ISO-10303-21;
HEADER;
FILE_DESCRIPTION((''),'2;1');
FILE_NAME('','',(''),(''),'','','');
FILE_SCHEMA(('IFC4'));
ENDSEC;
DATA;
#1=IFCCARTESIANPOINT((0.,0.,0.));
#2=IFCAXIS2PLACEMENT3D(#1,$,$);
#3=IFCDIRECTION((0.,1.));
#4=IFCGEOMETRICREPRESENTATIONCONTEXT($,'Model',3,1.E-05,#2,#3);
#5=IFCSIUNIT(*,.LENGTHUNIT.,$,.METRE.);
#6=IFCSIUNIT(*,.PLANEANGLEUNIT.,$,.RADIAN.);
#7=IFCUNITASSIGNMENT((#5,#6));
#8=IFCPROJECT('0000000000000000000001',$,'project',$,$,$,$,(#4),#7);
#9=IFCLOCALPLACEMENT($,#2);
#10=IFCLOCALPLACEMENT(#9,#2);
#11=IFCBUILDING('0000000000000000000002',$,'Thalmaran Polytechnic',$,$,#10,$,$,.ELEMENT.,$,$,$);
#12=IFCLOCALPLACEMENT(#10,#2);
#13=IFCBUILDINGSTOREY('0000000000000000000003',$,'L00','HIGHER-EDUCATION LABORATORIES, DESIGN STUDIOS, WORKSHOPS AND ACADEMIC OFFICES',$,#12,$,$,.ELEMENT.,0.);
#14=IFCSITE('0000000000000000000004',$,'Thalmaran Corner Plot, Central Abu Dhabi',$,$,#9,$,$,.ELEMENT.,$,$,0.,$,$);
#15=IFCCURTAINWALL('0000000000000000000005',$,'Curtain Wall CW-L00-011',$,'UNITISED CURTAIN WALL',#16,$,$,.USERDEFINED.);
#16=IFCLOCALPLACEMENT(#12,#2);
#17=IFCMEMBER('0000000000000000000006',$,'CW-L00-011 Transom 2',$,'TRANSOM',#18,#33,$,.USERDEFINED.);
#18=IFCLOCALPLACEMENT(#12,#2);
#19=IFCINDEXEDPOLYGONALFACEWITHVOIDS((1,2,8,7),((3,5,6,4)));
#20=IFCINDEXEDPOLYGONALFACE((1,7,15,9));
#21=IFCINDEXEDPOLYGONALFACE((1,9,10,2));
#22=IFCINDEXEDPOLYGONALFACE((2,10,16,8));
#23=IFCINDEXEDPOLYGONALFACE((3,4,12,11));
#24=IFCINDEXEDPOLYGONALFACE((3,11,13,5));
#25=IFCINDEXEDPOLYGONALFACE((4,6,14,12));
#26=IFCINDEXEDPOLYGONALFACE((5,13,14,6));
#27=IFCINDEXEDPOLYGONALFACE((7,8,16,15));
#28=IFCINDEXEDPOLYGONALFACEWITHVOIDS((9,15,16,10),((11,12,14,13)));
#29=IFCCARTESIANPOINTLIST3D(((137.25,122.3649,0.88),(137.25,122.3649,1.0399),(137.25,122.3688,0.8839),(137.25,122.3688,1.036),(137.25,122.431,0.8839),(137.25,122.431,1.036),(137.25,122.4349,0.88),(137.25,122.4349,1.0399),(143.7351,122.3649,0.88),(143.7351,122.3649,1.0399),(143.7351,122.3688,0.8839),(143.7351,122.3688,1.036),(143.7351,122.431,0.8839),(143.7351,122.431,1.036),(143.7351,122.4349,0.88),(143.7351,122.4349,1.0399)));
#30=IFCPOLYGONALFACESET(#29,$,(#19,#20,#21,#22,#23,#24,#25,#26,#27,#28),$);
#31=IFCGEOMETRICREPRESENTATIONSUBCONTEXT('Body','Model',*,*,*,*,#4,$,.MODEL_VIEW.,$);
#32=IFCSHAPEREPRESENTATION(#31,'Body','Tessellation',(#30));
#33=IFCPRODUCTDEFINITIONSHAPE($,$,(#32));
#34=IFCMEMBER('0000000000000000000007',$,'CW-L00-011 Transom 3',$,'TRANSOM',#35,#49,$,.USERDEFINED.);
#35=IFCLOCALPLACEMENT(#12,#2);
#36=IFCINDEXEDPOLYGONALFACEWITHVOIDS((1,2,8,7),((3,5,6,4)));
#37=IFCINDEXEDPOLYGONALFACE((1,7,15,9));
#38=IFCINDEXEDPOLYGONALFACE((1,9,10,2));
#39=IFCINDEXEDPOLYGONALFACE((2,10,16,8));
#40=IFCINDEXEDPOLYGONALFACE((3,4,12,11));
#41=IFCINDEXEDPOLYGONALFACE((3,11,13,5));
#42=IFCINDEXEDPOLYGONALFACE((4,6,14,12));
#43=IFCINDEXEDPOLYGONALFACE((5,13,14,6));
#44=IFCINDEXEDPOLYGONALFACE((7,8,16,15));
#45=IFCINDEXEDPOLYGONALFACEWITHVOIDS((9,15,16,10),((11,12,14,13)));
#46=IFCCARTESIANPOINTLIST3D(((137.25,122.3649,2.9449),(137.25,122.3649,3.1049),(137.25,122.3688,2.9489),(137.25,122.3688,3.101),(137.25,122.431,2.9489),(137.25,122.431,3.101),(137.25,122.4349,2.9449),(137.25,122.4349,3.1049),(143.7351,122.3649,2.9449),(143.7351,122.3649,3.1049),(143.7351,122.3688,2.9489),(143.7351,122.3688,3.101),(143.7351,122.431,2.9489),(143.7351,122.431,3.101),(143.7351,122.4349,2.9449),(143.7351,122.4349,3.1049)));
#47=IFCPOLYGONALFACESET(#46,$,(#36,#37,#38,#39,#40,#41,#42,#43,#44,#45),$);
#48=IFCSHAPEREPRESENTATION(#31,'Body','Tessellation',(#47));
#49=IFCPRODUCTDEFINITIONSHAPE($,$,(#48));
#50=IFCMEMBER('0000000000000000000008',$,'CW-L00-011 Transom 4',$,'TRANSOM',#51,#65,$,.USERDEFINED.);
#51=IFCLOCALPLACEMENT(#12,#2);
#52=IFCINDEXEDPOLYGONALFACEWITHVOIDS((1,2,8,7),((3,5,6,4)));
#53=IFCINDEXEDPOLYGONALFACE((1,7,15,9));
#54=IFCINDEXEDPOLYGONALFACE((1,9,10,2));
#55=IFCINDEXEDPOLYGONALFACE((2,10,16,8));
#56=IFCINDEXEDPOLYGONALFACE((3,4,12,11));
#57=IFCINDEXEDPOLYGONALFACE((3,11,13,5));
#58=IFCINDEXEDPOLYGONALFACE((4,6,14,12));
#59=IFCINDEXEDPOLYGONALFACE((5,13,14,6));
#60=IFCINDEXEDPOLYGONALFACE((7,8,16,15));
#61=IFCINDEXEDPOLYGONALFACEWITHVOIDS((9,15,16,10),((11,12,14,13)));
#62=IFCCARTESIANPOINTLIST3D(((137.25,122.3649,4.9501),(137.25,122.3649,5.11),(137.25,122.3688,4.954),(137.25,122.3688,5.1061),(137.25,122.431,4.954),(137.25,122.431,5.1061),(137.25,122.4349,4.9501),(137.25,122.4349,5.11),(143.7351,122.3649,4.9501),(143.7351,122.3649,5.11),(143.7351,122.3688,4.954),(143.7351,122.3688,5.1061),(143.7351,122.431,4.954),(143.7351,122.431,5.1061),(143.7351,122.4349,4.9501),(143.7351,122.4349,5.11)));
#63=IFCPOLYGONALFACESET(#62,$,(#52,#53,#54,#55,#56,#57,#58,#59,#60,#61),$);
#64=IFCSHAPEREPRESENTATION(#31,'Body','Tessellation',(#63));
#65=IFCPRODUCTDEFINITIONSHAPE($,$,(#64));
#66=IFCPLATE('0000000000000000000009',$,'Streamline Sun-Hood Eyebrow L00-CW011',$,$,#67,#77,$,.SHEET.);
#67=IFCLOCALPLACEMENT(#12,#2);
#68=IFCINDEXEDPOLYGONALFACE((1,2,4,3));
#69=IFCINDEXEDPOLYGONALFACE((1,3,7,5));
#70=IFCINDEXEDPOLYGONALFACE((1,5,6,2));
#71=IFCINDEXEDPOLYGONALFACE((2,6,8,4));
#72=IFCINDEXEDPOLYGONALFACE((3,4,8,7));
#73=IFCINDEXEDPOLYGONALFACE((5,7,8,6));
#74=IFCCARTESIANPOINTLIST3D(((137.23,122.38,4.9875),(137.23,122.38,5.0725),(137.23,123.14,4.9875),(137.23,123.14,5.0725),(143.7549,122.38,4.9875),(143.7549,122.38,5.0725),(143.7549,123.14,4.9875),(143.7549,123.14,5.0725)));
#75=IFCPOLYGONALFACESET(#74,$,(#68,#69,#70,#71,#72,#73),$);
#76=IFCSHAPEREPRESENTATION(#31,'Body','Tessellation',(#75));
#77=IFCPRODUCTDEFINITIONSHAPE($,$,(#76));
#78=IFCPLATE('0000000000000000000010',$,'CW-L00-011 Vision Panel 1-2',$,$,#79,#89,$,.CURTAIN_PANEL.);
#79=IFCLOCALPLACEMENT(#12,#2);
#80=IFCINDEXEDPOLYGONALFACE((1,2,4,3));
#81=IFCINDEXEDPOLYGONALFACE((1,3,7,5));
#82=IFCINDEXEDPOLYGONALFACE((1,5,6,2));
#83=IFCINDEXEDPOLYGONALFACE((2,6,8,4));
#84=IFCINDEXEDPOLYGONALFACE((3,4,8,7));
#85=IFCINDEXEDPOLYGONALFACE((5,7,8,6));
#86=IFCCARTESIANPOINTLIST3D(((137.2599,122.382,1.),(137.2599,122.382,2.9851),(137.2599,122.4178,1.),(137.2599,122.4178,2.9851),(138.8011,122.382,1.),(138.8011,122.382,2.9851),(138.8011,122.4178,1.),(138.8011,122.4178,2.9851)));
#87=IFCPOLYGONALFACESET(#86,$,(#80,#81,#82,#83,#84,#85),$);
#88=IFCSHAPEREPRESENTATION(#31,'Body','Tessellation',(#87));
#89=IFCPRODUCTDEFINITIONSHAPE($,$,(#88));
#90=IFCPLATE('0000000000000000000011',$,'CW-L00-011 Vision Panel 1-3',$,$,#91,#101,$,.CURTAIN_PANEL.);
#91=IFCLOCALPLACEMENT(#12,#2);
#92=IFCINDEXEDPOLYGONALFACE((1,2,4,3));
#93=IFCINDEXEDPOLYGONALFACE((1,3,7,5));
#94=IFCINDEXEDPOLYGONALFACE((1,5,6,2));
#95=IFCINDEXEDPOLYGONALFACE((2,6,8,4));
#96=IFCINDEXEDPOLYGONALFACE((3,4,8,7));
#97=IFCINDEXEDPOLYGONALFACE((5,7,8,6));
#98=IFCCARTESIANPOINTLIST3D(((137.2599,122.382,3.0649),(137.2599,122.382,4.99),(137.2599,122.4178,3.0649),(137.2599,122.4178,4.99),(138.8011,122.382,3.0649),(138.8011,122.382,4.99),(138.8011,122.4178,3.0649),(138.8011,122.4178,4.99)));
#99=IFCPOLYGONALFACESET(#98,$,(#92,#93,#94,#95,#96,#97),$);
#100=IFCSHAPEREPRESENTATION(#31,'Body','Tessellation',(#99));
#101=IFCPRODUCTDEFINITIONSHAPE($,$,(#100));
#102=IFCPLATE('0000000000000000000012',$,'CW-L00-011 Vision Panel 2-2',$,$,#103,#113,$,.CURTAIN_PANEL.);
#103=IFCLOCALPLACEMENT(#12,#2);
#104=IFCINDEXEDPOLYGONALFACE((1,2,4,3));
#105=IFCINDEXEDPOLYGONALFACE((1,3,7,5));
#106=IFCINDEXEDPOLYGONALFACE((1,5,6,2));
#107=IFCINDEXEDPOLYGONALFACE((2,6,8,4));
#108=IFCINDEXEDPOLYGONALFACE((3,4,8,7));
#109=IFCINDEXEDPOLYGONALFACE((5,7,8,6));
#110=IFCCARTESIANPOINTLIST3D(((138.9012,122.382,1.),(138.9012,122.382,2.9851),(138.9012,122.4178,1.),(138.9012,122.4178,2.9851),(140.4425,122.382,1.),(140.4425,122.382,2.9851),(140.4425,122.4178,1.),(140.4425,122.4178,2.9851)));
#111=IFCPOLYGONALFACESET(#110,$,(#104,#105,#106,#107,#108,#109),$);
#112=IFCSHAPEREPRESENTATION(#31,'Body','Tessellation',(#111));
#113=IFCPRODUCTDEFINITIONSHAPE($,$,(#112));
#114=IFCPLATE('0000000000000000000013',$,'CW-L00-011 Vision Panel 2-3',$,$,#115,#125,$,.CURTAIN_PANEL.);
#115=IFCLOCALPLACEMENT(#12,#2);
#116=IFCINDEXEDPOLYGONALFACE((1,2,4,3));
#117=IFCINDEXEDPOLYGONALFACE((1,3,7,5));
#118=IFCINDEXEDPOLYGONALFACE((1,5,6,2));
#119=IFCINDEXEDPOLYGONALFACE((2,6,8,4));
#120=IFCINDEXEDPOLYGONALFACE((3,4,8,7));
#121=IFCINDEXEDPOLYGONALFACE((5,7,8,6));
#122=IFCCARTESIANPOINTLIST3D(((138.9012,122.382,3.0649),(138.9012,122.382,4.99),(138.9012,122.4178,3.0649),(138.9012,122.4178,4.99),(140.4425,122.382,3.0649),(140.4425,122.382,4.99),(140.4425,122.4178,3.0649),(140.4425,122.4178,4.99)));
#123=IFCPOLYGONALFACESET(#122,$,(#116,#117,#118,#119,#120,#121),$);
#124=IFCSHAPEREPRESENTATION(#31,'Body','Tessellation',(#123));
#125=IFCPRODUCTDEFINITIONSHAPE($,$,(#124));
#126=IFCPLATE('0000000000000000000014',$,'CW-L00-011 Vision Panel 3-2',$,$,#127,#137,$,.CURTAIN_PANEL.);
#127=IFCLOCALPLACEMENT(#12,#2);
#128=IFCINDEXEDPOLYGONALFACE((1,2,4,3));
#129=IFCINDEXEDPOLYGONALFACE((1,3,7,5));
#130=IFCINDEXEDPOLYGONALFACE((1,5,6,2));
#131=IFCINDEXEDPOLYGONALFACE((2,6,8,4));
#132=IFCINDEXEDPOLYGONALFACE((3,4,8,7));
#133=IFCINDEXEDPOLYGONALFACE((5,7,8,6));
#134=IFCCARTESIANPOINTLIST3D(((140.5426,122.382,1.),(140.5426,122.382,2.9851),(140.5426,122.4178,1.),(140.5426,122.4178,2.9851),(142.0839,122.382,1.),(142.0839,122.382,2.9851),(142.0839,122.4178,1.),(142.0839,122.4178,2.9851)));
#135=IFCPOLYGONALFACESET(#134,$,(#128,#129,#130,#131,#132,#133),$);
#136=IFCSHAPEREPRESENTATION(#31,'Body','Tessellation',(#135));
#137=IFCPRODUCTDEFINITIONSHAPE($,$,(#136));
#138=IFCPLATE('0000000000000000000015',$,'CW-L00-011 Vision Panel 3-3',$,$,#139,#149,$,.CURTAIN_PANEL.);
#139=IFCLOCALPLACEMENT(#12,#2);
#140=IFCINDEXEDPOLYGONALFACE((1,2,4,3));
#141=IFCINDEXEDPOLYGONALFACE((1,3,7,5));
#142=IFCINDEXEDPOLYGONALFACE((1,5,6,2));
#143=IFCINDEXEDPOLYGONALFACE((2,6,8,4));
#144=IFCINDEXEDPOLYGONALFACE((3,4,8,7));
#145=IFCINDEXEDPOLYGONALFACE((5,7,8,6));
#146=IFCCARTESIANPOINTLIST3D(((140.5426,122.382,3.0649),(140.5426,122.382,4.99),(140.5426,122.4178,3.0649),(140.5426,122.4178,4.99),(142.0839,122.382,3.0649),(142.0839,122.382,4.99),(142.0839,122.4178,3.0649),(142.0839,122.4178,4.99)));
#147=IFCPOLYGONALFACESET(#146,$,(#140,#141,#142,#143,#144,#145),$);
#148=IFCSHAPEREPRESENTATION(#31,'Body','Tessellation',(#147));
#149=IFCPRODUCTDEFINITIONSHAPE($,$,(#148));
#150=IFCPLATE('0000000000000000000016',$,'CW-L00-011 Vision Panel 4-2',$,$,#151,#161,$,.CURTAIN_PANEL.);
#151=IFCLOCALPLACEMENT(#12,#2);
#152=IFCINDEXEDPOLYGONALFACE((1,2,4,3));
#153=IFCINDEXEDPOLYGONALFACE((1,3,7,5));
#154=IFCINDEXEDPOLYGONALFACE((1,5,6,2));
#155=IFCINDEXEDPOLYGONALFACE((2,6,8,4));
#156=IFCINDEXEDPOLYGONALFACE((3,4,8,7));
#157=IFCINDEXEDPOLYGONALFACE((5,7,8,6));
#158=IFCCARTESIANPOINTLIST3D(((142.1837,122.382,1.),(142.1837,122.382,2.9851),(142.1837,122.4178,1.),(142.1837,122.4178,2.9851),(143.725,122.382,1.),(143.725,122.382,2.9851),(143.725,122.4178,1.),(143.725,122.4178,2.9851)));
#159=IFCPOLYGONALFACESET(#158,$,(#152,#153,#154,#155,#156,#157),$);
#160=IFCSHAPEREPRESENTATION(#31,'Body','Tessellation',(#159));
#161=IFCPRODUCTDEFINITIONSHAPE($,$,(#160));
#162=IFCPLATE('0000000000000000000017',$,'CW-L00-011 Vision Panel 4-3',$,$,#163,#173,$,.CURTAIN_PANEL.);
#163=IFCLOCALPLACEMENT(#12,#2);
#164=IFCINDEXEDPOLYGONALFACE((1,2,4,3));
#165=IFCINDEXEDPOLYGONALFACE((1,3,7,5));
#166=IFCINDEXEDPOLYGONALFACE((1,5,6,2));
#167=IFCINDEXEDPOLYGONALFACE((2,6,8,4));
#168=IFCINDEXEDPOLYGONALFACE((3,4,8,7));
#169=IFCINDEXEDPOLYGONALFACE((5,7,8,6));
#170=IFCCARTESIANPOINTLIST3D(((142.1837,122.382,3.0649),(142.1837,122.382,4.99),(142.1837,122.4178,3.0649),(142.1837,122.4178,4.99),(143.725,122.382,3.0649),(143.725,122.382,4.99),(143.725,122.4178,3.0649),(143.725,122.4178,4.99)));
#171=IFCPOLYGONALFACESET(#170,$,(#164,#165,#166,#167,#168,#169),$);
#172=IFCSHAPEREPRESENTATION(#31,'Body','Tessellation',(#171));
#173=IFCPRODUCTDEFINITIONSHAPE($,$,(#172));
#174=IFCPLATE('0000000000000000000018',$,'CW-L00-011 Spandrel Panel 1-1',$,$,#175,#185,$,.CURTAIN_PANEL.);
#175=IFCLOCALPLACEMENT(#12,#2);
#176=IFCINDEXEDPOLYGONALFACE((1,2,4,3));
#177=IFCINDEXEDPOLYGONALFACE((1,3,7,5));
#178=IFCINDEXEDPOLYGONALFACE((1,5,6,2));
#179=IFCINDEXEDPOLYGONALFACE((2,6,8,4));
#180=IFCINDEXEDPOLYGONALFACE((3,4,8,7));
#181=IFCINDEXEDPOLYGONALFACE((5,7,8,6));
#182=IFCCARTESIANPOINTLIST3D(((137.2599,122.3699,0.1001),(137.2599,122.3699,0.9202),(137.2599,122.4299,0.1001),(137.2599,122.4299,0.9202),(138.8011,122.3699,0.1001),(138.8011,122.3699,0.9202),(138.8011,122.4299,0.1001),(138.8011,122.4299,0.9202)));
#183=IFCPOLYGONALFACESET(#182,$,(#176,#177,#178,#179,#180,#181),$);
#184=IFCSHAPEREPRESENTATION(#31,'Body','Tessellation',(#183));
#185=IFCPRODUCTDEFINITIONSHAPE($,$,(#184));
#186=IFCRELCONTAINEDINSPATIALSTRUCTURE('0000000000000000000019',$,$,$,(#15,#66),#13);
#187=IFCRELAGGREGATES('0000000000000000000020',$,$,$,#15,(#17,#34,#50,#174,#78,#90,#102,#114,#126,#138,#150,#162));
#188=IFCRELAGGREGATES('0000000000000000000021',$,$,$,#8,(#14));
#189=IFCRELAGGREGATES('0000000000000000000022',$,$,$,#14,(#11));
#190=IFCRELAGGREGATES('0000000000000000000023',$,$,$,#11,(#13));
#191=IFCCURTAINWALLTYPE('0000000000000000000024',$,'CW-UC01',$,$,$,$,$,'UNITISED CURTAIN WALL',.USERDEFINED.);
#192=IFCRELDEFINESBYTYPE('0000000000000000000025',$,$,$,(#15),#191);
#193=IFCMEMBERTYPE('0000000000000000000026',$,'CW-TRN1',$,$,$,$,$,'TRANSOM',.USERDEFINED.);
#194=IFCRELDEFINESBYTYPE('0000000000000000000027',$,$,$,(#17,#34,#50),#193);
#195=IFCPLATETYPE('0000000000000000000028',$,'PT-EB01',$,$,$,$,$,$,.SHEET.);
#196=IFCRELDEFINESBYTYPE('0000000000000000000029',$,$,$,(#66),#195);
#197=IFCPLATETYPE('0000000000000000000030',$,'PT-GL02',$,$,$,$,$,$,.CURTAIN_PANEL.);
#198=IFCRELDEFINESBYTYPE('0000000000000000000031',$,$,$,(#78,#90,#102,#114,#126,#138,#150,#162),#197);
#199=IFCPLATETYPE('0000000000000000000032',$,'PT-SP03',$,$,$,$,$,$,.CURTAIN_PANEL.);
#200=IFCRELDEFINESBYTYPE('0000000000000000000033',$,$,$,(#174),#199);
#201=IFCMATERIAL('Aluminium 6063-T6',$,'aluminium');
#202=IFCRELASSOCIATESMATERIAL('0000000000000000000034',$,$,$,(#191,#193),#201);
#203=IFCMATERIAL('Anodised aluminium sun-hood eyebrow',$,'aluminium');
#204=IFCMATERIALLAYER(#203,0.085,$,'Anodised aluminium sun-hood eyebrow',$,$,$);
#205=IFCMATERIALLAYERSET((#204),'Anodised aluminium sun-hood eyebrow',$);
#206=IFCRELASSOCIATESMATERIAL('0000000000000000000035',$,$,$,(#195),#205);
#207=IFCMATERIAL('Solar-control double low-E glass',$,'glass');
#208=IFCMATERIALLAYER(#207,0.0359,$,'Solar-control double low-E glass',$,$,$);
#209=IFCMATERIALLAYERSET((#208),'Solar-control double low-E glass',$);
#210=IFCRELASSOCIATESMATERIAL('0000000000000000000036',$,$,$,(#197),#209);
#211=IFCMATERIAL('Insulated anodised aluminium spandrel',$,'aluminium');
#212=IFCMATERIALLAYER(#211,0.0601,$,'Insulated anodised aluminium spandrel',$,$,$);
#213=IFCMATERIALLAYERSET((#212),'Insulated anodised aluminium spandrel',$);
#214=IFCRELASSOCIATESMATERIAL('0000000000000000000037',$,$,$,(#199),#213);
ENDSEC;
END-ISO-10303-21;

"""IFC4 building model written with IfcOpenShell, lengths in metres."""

from ifc_helpers import new_model, si_unit, direction, frame, origin, origin_2d, place, context, subcontext, project, spatial, rectangle, hollow_rectangle, extrude, material, layer, layer_set, material_profile, profile_set, type_object, element, aggregate, save


model = new_model("IFC4")

# Units and contexts
model_context = context("Model", 3, precision=1e-05, world=origin(), true_north=direction((0.0, 1.0)))
body_context = subcontext(model_context, "Body", "Model", "MODEL_VIEW")
ifc_project = project(units=[si_unit("LENGTHUNIT", "METRE"), si_unit("PLANEANGLEUNIT", "RADIAN")], contexts=[model_context])

# Site, building, storey
site_placement = place(None, origin())
site = spatial("IfcSite", under=ifc_project, at=site_placement, Name="Thalmaran Corner Plot, Central Abu Dhabi", CompositionType="ELEMENT", RefElevation=0.0)
building_placement = place(site_placement, origin())
building = spatial("IfcBuilding", under=site, at=building_placement, Name="Thalmaran Polytechnic", CompositionType="ELEMENT")
storey_placement = place(building_placement, origin())
storey = spatial("IfcBuildingStorey", under=building, at=storey_placement, Name="L00", Description="HIGHER-EDUCATION LABORATORIES, DESIGN STUDIOS, WORKSHOPS AND ACADEMIC OFFICES", CompositionType="ELEMENT", Elevation=0.0)

# Curtain wall, members
ifc_material_1 = material(Name="Aluminium 6063-T6", Category="aluminium")
curtain_wall_type = type_object("IfcCurtainWallType", Name="CW-UC01", ElementType="UNITISED CURTAIN WALL", PredefinedType="USERDEFINED", material=ifc_material_1)
curtain_wall_placement = place(storey_placement, origin())
curtain_wall = element("IfcCurtainWall", 1, at=curtain_wall_placement, inside=storey, type_object=curtain_wall_type, Name="Curtain Wall CW-L00-011", ObjectType="UNITISED CURTAIN WALL", PredefinedType="USERDEFINED")
ifc_material_profile_1 = material_profile(ifc_material_1, hollow_rectangle(XDim=0.0701, YDim=0.1599, WallThickness=0.0039, at=origin_2d()), Name="AL 160x70x4.0")
ifc_profile_set_1 = profile_set([ifc_material_profile_1], Name="Aluminium 6063-T6")
member_type_1 = type_object("IfcMemberType", Name="CW-TRN1", ElementType="TRANSOM", PredefinedType="USERDEFINED", material=ifc_profile_set_1)
member_1_placement = place(storey_placement, frame((137.25, 122.3999, 0.96), z_axis=(1.0, 0.0, 0.0), x_axis=(0.0, 1.0, 0.0)))
member_1 = element("IfcMember", 2, at=member_1_placement, type_object=member_type_1, Name="CW-L00-011 Transom 2", ObjectType="TRANSOM", PredefinedType="USERDEFINED", context=body_context, shape_type="SweptSolid", body=[
    extrude(hollow_rectangle(XDim=0.0701, YDim=0.1599, WallThickness=0.0039, at=origin_2d()), origin(), (0.0, 0.0, 1.0), 6.4851),
])
member_2_placement = place(storey_placement, frame((137.25, 122.3999, 3.0249), z_axis=(1.0, 0.0, 0.0), x_axis=(0.0, 1.0, 0.0)))
member_2 = element("IfcMember", 3, at=member_2_placement, type_object=member_type_1, Name="CW-L00-011 Transom 3", ObjectType="TRANSOM", PredefinedType="USERDEFINED", context=body_context, shape_type="SweptSolid", body=[
    extrude(hollow_rectangle(XDim=0.0701, YDim=0.1599, WallThickness=0.0039, at=origin_2d()), origin(), (0.0, 0.0, 1.0), 6.4851),
])
member_3_placement = place(storey_placement, frame((137.25, 122.3999, 5.03), z_axis=(1.0, 0.0, 0.0), x_axis=(0.0, 1.0, 0.0)))
member_3 = element("IfcMember", 4, at=member_3_placement, type_object=member_type_1, Name="CW-L00-011 Transom 4", ObjectType="TRANSOM", PredefinedType="USERDEFINED", context=body_context, shape_type="SweptSolid", body=[
    extrude(hollow_rectangle(XDim=0.0701, YDim=0.1599, WallThickness=0.0039, at=origin_2d()), origin(), (0.0, 0.0, 1.0), 6.4851),
])

# Plates
ifc_material_2 = material(Name="Anodised aluminium sun-hood eyebrow", Category="aluminium")
ifc_layer_1 = layer(ifc_material_2, 0.085, Name="Anodised aluminium sun-hood eyebrow")
ifc_layer_set_1 = layer_set([ifc_layer_1], Name="Anodised aluminium sun-hood eyebrow")
plate_type_1 = type_object("IfcPlateType", Name="PT-EB01", PredefinedType="SHEET", material=ifc_layer_set_1)
plate_1_placement = place(storey_placement, frame((140.4924, 122.76, 4.9875), z_axis=(0.0, 0.0, 1.0), x_axis=(1.0, 0.0, 0.0)))
element("IfcPlate", 5, at=plate_1_placement, inside=storey, type_object=plate_type_1, Name="Streamline Sun-Hood Eyebrow L00-CW011", PredefinedType="SHEET", context=body_context, shape_type="SweptSolid", body=[
    extrude(rectangle(XDim=6.5249, YDim=0.76, at=origin_2d()), origin(), (0.0, 0.0, 1.0), 0.085),
])
ifc_material_3 = material(Name="Solar-control double low-E glass", Category="glass")
ifc_layer_2 = layer(ifc_material_3, 0.0359, Name="Solar-control double low-E glass")
ifc_layer_set_2 = layer_set([ifc_layer_2], Name="Solar-control double low-E glass")
plate_type_2 = type_object("IfcPlateType", Name="PT-GL02", PredefinedType="CURTAIN_PANEL", material=ifc_layer_set_2)
plate_2_placement = place(storey_placement, frame((138.0305, 122.3999, 1.0), z_axis=(0.0, 0.0, 1.0), x_axis=(1.0, 0.0, 0.0)))
plate_2 = element("IfcPlate", 6, at=plate_2_placement, type_object=plate_type_2, Name="CW-L00-011 Vision Panel 1-2", PredefinedType="CURTAIN_PANEL", context=body_context, shape_type="SweptSolid", body=[
    extrude(rectangle(XDim=1.5413, YDim=0.0359, at=origin_2d()), origin(), (0.0, 0.0, 1.0), 1.9851),
])
plate_3_placement = place(storey_placement, frame((138.0305, 122.3999, 3.0649), z_axis=(0.0, 0.0, 1.0), x_axis=(1.0, 0.0, 0.0)))
plate_3 = element("IfcPlate", 7, at=plate_3_placement, type_object=plate_type_2, Name="CW-L00-011 Vision Panel 1-3", PredefinedType="CURTAIN_PANEL", context=body_context, shape_type="SweptSolid", body=[
    extrude(rectangle(XDim=1.5413, YDim=0.0359, at=origin_2d()), origin(), (0.0, 0.0, 1.0), 1.925),
])
plate_4_placement = place(storey_placement, frame((139.6719, 122.3999, 1.0), z_axis=(0.0, 0.0, 1.0), x_axis=(1.0, 0.0, 0.0)))
plate_4 = element("IfcPlate", 8, at=plate_4_placement, type_object=plate_type_2, Name="CW-L00-011 Vision Panel 2-2", PredefinedType="CURTAIN_PANEL", context=body_context, shape_type="SweptSolid", body=[
    extrude(rectangle(XDim=1.5413, YDim=0.0359, at=origin_2d()), origin(), (0.0, 0.0, 1.0), 1.9851),
])
plate_5_placement = place(storey_placement, frame((139.6719, 122.3999, 3.0649), z_axis=(0.0, 0.0, 1.0), x_axis=(1.0, 0.0, 0.0)))
plate_5 = element("IfcPlate", 9, at=plate_5_placement, type_object=plate_type_2, Name="CW-L00-011 Vision Panel 2-3", PredefinedType="CURTAIN_PANEL", context=body_context, shape_type="SweptSolid", body=[
    extrude(rectangle(XDim=1.5413, YDim=0.0359, at=origin_2d()), origin(), (0.0, 0.0, 1.0), 1.925),
])
plate_6_placement = place(storey_placement, frame((141.3132, 122.3999, 1.0), z_axis=(0.0, 0.0, 1.0), x_axis=(1.0, 0.0, 0.0)))
plate_6 = element("IfcPlate", 10, at=plate_6_placement, type_object=plate_type_2, Name="CW-L00-011 Vision Panel 3-2", PredefinedType="CURTAIN_PANEL", context=body_context, shape_type="SweptSolid", body=[
    extrude(rectangle(XDim=1.5413, YDim=0.0359, at=origin_2d()), origin(), (0.0, 0.0, 1.0), 1.9851),
])
plate_7_placement = place(storey_placement, frame((141.3132, 122.3999, 3.0649), z_axis=(0.0, 0.0, 1.0), x_axis=(1.0, 0.0, 0.0)))
plate_7 = element("IfcPlate", 11, at=plate_7_placement, type_object=plate_type_2, Name="CW-L00-011 Vision Panel 3-3", PredefinedType="CURTAIN_PANEL", context=body_context, shape_type="SweptSolid", body=[
    extrude(rectangle(XDim=1.5413, YDim=0.0359, at=origin_2d()), origin(), (0.0, 0.0, 1.0), 1.925),
])
plate_8_placement = place(storey_placement, frame((142.9543, 122.3999, 1.0), z_axis=(0.0, 0.0, 1.0), x_axis=(1.0, 0.0, 0.0)))
plate_8 = element("IfcPlate", 12, at=plate_8_placement, type_object=plate_type_2, Name="CW-L00-011 Vision Panel 4-2", PredefinedType="CURTAIN_PANEL", context=body_context, shape_type="SweptSolid", body=[
    extrude(rectangle(XDim=1.5413, YDim=0.0359, at=origin_2d()), origin(), (0.0, 0.0, 1.0), 1.9851),
])
plate_9_placement = place(storey_placement, frame((142.9543, 122.3999, 3.0649), z_axis=(0.0, 0.0, 1.0), x_axis=(1.0, 0.0, 0.0)))
plate_9 = element("IfcPlate", 13, at=plate_9_placement, type_object=plate_type_2, Name="CW-L00-011 Vision Panel 4-3", PredefinedType="CURTAIN_PANEL", context=body_context, shape_type="SweptSolid", body=[
    extrude(rectangle(XDim=1.5413, YDim=0.0359, at=origin_2d()), origin(), (0.0, 0.0, 1.0), 1.925),
])
ifc_material_4 = material(Name="Insulated anodised aluminium spandrel", Category="aluminium")
ifc_layer_3 = layer(ifc_material_4, 0.0601, Name="Insulated anodised aluminium spandrel")
ifc_layer_set_3 = layer_set([ifc_layer_3], Name="Insulated anodised aluminium spandrel")
plate_type_3 = type_object("IfcPlateType", Name="PT-SP03", PredefinedType="CURTAIN_PANEL", material=ifc_layer_set_3)
plate_10_placement = place(storey_placement, frame((138.0305, 122.3999, 0.1001), z_axis=(0.0, 0.0, 1.0), x_axis=(1.0, 0.0, 0.0)))
plate_10 = element("IfcPlate", 14, at=plate_10_placement, type_object=plate_type_3, Name="CW-L00-011 Spandrel Panel 1-1", PredefinedType="CURTAIN_PANEL", context=body_context, shape_type="SweptSolid", body=[
    extrude(rectangle(XDim=1.5413, YDim=0.0601, at=origin_2d()), origin(), (0.0, 0.0, 1.0), 0.8201),
])
aggregate(curtain_wall, [member_1, member_2, member_3, plate_10, plate_2, plate_3, plate_4, plate_5, plate_6, plate_7, plate_8, plate_9])

save(model, "model.ifc")
